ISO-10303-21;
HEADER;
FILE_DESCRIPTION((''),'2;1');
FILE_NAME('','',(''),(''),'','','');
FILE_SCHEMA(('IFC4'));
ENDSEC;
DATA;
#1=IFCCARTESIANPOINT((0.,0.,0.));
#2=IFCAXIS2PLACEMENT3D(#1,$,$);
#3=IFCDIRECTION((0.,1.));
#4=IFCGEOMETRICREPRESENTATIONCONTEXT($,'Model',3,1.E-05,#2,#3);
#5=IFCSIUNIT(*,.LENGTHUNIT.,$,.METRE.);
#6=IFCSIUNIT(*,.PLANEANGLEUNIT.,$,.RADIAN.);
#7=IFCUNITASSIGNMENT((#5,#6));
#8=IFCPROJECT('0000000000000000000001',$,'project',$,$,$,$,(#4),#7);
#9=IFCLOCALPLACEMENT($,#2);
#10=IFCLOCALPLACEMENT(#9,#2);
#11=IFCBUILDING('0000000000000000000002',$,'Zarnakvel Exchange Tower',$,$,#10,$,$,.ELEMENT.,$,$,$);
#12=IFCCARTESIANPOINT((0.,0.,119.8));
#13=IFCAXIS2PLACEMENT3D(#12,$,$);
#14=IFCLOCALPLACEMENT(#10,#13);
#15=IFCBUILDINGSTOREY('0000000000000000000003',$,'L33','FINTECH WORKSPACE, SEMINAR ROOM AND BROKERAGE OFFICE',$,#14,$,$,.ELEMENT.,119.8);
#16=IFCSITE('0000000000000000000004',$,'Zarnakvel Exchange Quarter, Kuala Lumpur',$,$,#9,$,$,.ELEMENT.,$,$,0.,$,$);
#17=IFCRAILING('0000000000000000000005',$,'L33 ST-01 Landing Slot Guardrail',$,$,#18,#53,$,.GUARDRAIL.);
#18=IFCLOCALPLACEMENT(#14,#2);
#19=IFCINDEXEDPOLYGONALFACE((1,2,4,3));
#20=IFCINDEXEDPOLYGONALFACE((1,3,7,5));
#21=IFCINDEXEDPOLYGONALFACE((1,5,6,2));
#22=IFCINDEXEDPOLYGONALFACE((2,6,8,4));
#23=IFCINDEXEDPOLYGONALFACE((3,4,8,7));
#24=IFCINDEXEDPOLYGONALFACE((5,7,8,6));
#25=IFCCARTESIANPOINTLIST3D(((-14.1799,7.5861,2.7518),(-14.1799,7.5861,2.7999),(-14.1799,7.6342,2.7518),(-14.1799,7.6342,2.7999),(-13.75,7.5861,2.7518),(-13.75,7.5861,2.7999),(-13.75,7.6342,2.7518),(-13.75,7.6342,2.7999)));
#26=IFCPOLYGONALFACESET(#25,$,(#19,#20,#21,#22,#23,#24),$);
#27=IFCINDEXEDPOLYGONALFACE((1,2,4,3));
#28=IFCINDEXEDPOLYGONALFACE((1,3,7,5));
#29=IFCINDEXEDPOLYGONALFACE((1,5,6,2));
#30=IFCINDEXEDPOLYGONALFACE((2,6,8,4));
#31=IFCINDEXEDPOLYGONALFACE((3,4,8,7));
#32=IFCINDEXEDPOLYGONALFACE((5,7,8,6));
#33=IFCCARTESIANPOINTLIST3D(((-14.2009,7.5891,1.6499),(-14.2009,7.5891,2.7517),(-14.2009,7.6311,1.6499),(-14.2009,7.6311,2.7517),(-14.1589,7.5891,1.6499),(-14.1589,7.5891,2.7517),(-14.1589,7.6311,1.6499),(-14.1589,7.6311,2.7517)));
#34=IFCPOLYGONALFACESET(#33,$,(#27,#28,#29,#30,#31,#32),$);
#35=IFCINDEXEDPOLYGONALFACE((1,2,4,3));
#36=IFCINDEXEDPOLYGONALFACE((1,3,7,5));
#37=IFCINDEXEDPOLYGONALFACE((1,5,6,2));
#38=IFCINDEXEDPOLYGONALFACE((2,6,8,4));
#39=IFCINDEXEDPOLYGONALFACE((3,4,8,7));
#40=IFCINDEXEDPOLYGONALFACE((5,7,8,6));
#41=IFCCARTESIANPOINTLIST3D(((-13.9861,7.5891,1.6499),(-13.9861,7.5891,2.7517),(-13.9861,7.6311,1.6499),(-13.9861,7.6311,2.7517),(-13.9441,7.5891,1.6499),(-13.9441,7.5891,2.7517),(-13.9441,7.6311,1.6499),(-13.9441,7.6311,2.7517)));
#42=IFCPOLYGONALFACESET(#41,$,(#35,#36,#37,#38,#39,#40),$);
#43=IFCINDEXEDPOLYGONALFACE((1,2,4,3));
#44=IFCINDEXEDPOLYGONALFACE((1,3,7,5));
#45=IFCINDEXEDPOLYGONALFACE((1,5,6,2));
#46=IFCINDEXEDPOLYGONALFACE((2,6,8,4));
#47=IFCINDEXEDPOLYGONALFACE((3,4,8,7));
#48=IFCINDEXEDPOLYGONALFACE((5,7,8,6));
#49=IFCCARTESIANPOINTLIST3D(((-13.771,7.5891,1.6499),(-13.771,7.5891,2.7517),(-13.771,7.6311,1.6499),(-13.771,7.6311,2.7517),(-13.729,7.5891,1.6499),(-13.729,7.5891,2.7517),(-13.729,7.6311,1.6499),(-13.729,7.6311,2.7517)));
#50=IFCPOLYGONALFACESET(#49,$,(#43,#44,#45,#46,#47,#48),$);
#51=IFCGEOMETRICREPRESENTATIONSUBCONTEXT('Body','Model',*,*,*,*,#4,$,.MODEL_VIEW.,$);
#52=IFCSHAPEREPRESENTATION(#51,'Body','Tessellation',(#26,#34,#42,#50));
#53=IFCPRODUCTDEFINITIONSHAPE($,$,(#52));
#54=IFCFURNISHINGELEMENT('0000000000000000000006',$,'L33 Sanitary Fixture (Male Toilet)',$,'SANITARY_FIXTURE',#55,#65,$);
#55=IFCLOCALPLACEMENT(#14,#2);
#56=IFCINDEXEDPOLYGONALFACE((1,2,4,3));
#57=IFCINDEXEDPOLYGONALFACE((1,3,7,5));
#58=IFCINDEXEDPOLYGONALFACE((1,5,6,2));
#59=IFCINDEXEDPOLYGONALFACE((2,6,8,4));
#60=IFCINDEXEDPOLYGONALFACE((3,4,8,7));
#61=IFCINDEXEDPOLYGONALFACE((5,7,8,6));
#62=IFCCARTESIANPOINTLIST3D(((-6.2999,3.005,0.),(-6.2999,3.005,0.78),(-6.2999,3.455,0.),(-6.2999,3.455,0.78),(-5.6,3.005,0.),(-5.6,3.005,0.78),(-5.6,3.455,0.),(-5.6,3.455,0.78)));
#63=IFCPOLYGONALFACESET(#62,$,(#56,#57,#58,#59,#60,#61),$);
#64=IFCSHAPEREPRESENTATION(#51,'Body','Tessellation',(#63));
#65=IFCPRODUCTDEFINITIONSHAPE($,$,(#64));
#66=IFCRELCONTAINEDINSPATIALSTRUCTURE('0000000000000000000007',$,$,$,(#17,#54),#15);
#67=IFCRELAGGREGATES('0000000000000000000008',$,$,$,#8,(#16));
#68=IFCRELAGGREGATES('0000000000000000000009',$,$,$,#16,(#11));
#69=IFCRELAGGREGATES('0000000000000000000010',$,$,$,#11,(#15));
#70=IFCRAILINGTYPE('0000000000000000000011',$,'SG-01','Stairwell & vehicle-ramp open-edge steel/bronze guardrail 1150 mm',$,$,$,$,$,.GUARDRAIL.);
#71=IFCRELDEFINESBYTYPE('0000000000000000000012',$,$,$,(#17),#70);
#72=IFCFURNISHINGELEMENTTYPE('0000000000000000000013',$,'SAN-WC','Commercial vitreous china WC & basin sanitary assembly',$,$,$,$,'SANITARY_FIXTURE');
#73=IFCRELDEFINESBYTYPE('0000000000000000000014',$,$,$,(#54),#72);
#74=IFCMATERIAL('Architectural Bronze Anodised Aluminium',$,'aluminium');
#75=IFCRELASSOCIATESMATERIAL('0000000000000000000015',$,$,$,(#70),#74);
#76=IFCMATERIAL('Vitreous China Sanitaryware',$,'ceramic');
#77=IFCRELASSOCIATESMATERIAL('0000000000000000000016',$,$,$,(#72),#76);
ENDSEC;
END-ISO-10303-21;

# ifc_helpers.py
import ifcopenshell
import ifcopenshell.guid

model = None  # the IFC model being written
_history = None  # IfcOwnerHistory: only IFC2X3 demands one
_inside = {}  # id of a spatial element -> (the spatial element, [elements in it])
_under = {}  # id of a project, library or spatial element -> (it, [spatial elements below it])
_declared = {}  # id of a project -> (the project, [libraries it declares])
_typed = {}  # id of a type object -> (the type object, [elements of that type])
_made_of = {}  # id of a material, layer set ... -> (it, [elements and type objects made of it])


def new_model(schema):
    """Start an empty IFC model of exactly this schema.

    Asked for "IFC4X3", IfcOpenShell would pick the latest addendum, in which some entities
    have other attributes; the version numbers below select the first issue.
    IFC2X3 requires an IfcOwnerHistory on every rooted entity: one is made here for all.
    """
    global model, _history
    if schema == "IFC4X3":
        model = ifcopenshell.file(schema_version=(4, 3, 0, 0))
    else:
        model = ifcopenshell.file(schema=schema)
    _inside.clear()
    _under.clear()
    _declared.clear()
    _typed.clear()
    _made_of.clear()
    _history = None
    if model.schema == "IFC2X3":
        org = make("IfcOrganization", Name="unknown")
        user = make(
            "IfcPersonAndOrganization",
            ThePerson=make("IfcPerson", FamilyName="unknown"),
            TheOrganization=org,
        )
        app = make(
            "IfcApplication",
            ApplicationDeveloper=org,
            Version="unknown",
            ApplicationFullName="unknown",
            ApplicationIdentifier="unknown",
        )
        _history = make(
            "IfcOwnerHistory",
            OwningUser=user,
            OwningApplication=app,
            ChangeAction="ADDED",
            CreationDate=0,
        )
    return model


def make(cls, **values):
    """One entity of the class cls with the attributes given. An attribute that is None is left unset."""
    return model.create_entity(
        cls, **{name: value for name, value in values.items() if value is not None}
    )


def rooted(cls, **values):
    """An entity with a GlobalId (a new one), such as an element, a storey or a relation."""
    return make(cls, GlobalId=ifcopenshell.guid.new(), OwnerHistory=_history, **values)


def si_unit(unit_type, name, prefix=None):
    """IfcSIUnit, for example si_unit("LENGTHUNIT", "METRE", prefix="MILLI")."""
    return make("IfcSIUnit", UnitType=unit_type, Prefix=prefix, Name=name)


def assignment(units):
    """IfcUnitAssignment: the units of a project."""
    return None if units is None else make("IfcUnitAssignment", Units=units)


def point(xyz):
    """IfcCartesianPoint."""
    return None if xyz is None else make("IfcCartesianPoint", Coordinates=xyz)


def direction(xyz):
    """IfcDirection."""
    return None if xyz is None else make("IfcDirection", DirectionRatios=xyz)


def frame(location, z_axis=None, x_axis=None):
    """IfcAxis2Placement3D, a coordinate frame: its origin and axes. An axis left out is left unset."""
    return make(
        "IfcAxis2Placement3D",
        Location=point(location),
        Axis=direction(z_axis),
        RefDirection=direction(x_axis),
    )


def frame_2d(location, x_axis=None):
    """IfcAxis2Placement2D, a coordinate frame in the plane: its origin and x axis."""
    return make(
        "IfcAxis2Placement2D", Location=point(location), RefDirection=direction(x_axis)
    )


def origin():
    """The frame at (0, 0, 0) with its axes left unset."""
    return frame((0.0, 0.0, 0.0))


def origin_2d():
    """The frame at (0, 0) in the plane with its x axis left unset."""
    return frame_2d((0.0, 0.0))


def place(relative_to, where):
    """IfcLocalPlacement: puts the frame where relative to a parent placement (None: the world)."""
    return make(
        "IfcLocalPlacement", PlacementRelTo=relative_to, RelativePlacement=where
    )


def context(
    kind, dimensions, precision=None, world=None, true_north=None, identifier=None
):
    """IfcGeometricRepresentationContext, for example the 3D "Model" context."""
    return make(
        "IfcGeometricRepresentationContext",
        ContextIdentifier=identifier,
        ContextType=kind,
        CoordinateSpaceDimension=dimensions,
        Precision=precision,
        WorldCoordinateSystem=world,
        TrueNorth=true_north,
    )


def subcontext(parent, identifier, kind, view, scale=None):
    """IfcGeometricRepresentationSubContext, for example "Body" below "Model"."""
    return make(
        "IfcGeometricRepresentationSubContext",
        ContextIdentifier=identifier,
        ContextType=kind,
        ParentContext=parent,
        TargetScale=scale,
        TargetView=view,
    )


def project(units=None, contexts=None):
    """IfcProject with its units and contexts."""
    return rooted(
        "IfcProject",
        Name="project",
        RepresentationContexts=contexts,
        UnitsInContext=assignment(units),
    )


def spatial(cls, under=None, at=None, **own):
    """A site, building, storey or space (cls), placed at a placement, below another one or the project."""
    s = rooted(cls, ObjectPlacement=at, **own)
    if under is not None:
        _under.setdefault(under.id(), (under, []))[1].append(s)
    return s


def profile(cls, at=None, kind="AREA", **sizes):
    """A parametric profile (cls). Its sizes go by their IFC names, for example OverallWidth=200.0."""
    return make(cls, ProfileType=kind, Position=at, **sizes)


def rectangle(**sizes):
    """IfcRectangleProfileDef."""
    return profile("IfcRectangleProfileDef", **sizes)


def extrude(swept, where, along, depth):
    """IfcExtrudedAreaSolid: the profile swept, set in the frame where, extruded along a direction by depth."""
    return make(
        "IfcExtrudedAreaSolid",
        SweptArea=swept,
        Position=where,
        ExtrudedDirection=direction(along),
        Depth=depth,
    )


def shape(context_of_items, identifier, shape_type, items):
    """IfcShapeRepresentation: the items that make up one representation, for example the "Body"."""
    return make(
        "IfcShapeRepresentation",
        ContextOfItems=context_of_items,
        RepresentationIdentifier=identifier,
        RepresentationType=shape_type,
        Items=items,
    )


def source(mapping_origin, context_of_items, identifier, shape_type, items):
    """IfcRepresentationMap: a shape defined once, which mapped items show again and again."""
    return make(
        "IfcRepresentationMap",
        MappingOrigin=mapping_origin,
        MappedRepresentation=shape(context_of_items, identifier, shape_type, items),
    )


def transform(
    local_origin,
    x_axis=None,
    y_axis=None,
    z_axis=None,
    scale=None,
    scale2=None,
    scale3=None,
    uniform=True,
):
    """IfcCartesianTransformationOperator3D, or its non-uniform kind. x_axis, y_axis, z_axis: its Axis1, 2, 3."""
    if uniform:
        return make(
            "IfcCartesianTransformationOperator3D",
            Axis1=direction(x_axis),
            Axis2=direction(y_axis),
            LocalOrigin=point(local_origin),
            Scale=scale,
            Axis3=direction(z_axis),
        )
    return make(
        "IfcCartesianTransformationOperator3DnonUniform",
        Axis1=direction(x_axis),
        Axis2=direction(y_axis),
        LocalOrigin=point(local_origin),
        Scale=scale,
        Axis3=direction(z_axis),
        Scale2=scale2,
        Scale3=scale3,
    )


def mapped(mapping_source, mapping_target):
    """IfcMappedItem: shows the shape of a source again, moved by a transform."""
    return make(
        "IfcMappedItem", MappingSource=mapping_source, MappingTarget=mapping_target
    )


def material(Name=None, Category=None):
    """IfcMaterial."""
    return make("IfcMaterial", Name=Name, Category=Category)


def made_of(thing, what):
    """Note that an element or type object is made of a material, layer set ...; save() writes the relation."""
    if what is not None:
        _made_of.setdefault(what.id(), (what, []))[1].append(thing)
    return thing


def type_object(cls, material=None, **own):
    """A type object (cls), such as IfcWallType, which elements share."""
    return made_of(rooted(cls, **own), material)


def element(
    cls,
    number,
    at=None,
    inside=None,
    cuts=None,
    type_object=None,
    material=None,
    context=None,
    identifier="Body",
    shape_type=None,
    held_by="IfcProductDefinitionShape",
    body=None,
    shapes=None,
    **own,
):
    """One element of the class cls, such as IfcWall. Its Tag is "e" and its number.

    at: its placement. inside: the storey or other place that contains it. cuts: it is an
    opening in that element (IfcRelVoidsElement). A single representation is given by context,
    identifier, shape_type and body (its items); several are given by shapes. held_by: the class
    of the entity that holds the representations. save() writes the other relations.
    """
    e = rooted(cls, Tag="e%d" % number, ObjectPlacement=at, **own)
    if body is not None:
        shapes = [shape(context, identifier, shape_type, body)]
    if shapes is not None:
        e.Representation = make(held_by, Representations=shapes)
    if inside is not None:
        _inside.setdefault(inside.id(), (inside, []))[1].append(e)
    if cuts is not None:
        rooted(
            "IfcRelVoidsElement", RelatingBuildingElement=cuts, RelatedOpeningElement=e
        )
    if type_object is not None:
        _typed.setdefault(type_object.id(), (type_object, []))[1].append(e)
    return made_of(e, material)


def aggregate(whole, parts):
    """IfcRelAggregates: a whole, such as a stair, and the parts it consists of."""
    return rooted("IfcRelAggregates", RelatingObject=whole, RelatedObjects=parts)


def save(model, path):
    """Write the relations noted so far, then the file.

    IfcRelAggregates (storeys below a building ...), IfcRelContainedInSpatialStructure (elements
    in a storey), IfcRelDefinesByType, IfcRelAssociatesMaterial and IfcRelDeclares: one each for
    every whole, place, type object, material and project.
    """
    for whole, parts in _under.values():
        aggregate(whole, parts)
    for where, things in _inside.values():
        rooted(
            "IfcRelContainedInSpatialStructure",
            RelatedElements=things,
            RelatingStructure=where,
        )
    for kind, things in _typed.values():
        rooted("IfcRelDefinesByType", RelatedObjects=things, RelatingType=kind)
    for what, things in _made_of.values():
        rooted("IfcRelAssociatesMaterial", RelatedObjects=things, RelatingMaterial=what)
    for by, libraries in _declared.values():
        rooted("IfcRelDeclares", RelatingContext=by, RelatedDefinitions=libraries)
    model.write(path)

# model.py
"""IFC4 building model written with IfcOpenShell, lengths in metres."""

from ifc_helpers import new_model, si_unit, direction, frame, origin, origin_2d, place, context, subcontext, project, spatial, rectangle, extrude, source, transform, mapped, material, type_object, element, save


model = new_model("IFC4")

# Units and contexts
model_context = context("Model", 3, precision=1e-05, world=origin(), true_north=direction((0.0, 1.0)))
body_context = subcontext(model_context, "Body", "Model", "MODEL_VIEW")
ifc_project = project(units=[si_unit("LENGTHUNIT", "METRE"), si_unit("PLANEANGLEUNIT", "RADIAN")], contexts=[model_context])

# Site, building, storey
site_placement = place(None, origin())
site = spatial("IfcSite", under=ifc_project, at=site_placement, Name="Zarnakvel Exchange Quarter, Kuala Lumpur", CompositionType="ELEMENT", RefElevation=0.0)
building_placement = place(site_placement, origin())
building = spatial("IfcBuilding", under=site, at=building_placement, Name="Zarnakvel Exchange Tower", CompositionType="ELEMENT")
storey_placement = place(building_placement, frame((0.0, 0.0, 119.8)))
storey = spatial("IfcBuildingStorey", under=building, at=storey_placement, Name="L33", Description="FINTECH WORKSPACE, SEMINAR ROOM AND BROKERAGE OFFICE", CompositionType="ELEMENT", Elevation=119.8)

# Shared definitions
ifc_material_1 = material(Name="Architectural Bronze Anodised Aluminium", Category="aluminium")

# Railing
railing_type_1 = type_object("IfcRailingType", Name="SG-01", Description="Stairwell & vehicle-ramp open-edge steel/bronze guardrail 1150 mm", PredefinedType="GUARDRAIL", material=ifc_material_1)
railing_1_placement = place(storey_placement, frame((-14.1799, 7.6101, 1.6499)))
element("IfcRailing", 1, at=railing_1_placement, inside=storey, type_object=railing_type_1, Name="L33 ST-01 Landing Slot Guardrail", PredefinedType="GUARDRAIL", context=body_context, shape_type="SweptSolid", body=[
    extrude(rectangle(XDim=0.0481, YDim=0.0481, at=origin_2d()), frame((0.0, 0.0, 1.126), z_axis=(1.0, 0.0, 0.0), x_axis=(0.0, 1.0, 0.0)), (0.0, 0.0, 1.0), 0.4299),
    extrude(rectangle(XDim=0.042, YDim=0.042, at=origin_2d()), origin(), (0.0, 0.0, 1.0), 1.1018),
    extrude(rectangle(XDim=0.042, YDim=0.042, at=origin_2d()), frame((0.2148, 0.0, 0.0)), (0.0, 0.0, 1.0), 1.1018),
    extrude(rectangle(XDim=0.042, YDim=0.042, at=origin_2d()), frame((0.4299, 0.0, 0.0)), (0.0, 0.0, 1.0), 1.1018),
])

# Furnishing element
ifc_material_2 = material(Name="Vitreous China Sanitaryware", Category="ceramic")
furnishing_element_type = type_object("IfcFurnishingElementType", Name="SAN-WC", Description="Commercial vitreous china WC & basin sanitary assembly", ElementType="SANITARY_FIXTURE", material=ifc_material_2)
shared_shape_1 = source(origin(), body_context, "Body", "SweptSolid", [
    extrude(rectangle(XDim=0.7, YDim=0.45, at=origin_2d()), origin(), (0.0, 0.0, 1.0), 0.78),
])
furnishing_placement = place(storey_placement, frame((-5.95, 3.23, 0.0), z_axis=(0.0, 0.0, 1.0), x_axis=(1.0, 0.0, 0.0)))
element("IfcFurnishingElement", 2, at=furnishing_placement, inside=storey, type_object=furnishing_element_type, Name="L33 Sanitary Fixture (Male Toilet)", ObjectType="SANITARY_FIXTURE", context=body_context, shape_type="MappedRepresentation", body=[
    mapped(shared_shape_1, transform((0.0, 0.0, 0.0), x_axis=(1.0, 0.0, 0.0), y_axis=(0.0, 1.0, 0.0), z_axis=(0.0, 0.0, 1.0), scale=1.0)),
])

save(model, "model.ifc")
